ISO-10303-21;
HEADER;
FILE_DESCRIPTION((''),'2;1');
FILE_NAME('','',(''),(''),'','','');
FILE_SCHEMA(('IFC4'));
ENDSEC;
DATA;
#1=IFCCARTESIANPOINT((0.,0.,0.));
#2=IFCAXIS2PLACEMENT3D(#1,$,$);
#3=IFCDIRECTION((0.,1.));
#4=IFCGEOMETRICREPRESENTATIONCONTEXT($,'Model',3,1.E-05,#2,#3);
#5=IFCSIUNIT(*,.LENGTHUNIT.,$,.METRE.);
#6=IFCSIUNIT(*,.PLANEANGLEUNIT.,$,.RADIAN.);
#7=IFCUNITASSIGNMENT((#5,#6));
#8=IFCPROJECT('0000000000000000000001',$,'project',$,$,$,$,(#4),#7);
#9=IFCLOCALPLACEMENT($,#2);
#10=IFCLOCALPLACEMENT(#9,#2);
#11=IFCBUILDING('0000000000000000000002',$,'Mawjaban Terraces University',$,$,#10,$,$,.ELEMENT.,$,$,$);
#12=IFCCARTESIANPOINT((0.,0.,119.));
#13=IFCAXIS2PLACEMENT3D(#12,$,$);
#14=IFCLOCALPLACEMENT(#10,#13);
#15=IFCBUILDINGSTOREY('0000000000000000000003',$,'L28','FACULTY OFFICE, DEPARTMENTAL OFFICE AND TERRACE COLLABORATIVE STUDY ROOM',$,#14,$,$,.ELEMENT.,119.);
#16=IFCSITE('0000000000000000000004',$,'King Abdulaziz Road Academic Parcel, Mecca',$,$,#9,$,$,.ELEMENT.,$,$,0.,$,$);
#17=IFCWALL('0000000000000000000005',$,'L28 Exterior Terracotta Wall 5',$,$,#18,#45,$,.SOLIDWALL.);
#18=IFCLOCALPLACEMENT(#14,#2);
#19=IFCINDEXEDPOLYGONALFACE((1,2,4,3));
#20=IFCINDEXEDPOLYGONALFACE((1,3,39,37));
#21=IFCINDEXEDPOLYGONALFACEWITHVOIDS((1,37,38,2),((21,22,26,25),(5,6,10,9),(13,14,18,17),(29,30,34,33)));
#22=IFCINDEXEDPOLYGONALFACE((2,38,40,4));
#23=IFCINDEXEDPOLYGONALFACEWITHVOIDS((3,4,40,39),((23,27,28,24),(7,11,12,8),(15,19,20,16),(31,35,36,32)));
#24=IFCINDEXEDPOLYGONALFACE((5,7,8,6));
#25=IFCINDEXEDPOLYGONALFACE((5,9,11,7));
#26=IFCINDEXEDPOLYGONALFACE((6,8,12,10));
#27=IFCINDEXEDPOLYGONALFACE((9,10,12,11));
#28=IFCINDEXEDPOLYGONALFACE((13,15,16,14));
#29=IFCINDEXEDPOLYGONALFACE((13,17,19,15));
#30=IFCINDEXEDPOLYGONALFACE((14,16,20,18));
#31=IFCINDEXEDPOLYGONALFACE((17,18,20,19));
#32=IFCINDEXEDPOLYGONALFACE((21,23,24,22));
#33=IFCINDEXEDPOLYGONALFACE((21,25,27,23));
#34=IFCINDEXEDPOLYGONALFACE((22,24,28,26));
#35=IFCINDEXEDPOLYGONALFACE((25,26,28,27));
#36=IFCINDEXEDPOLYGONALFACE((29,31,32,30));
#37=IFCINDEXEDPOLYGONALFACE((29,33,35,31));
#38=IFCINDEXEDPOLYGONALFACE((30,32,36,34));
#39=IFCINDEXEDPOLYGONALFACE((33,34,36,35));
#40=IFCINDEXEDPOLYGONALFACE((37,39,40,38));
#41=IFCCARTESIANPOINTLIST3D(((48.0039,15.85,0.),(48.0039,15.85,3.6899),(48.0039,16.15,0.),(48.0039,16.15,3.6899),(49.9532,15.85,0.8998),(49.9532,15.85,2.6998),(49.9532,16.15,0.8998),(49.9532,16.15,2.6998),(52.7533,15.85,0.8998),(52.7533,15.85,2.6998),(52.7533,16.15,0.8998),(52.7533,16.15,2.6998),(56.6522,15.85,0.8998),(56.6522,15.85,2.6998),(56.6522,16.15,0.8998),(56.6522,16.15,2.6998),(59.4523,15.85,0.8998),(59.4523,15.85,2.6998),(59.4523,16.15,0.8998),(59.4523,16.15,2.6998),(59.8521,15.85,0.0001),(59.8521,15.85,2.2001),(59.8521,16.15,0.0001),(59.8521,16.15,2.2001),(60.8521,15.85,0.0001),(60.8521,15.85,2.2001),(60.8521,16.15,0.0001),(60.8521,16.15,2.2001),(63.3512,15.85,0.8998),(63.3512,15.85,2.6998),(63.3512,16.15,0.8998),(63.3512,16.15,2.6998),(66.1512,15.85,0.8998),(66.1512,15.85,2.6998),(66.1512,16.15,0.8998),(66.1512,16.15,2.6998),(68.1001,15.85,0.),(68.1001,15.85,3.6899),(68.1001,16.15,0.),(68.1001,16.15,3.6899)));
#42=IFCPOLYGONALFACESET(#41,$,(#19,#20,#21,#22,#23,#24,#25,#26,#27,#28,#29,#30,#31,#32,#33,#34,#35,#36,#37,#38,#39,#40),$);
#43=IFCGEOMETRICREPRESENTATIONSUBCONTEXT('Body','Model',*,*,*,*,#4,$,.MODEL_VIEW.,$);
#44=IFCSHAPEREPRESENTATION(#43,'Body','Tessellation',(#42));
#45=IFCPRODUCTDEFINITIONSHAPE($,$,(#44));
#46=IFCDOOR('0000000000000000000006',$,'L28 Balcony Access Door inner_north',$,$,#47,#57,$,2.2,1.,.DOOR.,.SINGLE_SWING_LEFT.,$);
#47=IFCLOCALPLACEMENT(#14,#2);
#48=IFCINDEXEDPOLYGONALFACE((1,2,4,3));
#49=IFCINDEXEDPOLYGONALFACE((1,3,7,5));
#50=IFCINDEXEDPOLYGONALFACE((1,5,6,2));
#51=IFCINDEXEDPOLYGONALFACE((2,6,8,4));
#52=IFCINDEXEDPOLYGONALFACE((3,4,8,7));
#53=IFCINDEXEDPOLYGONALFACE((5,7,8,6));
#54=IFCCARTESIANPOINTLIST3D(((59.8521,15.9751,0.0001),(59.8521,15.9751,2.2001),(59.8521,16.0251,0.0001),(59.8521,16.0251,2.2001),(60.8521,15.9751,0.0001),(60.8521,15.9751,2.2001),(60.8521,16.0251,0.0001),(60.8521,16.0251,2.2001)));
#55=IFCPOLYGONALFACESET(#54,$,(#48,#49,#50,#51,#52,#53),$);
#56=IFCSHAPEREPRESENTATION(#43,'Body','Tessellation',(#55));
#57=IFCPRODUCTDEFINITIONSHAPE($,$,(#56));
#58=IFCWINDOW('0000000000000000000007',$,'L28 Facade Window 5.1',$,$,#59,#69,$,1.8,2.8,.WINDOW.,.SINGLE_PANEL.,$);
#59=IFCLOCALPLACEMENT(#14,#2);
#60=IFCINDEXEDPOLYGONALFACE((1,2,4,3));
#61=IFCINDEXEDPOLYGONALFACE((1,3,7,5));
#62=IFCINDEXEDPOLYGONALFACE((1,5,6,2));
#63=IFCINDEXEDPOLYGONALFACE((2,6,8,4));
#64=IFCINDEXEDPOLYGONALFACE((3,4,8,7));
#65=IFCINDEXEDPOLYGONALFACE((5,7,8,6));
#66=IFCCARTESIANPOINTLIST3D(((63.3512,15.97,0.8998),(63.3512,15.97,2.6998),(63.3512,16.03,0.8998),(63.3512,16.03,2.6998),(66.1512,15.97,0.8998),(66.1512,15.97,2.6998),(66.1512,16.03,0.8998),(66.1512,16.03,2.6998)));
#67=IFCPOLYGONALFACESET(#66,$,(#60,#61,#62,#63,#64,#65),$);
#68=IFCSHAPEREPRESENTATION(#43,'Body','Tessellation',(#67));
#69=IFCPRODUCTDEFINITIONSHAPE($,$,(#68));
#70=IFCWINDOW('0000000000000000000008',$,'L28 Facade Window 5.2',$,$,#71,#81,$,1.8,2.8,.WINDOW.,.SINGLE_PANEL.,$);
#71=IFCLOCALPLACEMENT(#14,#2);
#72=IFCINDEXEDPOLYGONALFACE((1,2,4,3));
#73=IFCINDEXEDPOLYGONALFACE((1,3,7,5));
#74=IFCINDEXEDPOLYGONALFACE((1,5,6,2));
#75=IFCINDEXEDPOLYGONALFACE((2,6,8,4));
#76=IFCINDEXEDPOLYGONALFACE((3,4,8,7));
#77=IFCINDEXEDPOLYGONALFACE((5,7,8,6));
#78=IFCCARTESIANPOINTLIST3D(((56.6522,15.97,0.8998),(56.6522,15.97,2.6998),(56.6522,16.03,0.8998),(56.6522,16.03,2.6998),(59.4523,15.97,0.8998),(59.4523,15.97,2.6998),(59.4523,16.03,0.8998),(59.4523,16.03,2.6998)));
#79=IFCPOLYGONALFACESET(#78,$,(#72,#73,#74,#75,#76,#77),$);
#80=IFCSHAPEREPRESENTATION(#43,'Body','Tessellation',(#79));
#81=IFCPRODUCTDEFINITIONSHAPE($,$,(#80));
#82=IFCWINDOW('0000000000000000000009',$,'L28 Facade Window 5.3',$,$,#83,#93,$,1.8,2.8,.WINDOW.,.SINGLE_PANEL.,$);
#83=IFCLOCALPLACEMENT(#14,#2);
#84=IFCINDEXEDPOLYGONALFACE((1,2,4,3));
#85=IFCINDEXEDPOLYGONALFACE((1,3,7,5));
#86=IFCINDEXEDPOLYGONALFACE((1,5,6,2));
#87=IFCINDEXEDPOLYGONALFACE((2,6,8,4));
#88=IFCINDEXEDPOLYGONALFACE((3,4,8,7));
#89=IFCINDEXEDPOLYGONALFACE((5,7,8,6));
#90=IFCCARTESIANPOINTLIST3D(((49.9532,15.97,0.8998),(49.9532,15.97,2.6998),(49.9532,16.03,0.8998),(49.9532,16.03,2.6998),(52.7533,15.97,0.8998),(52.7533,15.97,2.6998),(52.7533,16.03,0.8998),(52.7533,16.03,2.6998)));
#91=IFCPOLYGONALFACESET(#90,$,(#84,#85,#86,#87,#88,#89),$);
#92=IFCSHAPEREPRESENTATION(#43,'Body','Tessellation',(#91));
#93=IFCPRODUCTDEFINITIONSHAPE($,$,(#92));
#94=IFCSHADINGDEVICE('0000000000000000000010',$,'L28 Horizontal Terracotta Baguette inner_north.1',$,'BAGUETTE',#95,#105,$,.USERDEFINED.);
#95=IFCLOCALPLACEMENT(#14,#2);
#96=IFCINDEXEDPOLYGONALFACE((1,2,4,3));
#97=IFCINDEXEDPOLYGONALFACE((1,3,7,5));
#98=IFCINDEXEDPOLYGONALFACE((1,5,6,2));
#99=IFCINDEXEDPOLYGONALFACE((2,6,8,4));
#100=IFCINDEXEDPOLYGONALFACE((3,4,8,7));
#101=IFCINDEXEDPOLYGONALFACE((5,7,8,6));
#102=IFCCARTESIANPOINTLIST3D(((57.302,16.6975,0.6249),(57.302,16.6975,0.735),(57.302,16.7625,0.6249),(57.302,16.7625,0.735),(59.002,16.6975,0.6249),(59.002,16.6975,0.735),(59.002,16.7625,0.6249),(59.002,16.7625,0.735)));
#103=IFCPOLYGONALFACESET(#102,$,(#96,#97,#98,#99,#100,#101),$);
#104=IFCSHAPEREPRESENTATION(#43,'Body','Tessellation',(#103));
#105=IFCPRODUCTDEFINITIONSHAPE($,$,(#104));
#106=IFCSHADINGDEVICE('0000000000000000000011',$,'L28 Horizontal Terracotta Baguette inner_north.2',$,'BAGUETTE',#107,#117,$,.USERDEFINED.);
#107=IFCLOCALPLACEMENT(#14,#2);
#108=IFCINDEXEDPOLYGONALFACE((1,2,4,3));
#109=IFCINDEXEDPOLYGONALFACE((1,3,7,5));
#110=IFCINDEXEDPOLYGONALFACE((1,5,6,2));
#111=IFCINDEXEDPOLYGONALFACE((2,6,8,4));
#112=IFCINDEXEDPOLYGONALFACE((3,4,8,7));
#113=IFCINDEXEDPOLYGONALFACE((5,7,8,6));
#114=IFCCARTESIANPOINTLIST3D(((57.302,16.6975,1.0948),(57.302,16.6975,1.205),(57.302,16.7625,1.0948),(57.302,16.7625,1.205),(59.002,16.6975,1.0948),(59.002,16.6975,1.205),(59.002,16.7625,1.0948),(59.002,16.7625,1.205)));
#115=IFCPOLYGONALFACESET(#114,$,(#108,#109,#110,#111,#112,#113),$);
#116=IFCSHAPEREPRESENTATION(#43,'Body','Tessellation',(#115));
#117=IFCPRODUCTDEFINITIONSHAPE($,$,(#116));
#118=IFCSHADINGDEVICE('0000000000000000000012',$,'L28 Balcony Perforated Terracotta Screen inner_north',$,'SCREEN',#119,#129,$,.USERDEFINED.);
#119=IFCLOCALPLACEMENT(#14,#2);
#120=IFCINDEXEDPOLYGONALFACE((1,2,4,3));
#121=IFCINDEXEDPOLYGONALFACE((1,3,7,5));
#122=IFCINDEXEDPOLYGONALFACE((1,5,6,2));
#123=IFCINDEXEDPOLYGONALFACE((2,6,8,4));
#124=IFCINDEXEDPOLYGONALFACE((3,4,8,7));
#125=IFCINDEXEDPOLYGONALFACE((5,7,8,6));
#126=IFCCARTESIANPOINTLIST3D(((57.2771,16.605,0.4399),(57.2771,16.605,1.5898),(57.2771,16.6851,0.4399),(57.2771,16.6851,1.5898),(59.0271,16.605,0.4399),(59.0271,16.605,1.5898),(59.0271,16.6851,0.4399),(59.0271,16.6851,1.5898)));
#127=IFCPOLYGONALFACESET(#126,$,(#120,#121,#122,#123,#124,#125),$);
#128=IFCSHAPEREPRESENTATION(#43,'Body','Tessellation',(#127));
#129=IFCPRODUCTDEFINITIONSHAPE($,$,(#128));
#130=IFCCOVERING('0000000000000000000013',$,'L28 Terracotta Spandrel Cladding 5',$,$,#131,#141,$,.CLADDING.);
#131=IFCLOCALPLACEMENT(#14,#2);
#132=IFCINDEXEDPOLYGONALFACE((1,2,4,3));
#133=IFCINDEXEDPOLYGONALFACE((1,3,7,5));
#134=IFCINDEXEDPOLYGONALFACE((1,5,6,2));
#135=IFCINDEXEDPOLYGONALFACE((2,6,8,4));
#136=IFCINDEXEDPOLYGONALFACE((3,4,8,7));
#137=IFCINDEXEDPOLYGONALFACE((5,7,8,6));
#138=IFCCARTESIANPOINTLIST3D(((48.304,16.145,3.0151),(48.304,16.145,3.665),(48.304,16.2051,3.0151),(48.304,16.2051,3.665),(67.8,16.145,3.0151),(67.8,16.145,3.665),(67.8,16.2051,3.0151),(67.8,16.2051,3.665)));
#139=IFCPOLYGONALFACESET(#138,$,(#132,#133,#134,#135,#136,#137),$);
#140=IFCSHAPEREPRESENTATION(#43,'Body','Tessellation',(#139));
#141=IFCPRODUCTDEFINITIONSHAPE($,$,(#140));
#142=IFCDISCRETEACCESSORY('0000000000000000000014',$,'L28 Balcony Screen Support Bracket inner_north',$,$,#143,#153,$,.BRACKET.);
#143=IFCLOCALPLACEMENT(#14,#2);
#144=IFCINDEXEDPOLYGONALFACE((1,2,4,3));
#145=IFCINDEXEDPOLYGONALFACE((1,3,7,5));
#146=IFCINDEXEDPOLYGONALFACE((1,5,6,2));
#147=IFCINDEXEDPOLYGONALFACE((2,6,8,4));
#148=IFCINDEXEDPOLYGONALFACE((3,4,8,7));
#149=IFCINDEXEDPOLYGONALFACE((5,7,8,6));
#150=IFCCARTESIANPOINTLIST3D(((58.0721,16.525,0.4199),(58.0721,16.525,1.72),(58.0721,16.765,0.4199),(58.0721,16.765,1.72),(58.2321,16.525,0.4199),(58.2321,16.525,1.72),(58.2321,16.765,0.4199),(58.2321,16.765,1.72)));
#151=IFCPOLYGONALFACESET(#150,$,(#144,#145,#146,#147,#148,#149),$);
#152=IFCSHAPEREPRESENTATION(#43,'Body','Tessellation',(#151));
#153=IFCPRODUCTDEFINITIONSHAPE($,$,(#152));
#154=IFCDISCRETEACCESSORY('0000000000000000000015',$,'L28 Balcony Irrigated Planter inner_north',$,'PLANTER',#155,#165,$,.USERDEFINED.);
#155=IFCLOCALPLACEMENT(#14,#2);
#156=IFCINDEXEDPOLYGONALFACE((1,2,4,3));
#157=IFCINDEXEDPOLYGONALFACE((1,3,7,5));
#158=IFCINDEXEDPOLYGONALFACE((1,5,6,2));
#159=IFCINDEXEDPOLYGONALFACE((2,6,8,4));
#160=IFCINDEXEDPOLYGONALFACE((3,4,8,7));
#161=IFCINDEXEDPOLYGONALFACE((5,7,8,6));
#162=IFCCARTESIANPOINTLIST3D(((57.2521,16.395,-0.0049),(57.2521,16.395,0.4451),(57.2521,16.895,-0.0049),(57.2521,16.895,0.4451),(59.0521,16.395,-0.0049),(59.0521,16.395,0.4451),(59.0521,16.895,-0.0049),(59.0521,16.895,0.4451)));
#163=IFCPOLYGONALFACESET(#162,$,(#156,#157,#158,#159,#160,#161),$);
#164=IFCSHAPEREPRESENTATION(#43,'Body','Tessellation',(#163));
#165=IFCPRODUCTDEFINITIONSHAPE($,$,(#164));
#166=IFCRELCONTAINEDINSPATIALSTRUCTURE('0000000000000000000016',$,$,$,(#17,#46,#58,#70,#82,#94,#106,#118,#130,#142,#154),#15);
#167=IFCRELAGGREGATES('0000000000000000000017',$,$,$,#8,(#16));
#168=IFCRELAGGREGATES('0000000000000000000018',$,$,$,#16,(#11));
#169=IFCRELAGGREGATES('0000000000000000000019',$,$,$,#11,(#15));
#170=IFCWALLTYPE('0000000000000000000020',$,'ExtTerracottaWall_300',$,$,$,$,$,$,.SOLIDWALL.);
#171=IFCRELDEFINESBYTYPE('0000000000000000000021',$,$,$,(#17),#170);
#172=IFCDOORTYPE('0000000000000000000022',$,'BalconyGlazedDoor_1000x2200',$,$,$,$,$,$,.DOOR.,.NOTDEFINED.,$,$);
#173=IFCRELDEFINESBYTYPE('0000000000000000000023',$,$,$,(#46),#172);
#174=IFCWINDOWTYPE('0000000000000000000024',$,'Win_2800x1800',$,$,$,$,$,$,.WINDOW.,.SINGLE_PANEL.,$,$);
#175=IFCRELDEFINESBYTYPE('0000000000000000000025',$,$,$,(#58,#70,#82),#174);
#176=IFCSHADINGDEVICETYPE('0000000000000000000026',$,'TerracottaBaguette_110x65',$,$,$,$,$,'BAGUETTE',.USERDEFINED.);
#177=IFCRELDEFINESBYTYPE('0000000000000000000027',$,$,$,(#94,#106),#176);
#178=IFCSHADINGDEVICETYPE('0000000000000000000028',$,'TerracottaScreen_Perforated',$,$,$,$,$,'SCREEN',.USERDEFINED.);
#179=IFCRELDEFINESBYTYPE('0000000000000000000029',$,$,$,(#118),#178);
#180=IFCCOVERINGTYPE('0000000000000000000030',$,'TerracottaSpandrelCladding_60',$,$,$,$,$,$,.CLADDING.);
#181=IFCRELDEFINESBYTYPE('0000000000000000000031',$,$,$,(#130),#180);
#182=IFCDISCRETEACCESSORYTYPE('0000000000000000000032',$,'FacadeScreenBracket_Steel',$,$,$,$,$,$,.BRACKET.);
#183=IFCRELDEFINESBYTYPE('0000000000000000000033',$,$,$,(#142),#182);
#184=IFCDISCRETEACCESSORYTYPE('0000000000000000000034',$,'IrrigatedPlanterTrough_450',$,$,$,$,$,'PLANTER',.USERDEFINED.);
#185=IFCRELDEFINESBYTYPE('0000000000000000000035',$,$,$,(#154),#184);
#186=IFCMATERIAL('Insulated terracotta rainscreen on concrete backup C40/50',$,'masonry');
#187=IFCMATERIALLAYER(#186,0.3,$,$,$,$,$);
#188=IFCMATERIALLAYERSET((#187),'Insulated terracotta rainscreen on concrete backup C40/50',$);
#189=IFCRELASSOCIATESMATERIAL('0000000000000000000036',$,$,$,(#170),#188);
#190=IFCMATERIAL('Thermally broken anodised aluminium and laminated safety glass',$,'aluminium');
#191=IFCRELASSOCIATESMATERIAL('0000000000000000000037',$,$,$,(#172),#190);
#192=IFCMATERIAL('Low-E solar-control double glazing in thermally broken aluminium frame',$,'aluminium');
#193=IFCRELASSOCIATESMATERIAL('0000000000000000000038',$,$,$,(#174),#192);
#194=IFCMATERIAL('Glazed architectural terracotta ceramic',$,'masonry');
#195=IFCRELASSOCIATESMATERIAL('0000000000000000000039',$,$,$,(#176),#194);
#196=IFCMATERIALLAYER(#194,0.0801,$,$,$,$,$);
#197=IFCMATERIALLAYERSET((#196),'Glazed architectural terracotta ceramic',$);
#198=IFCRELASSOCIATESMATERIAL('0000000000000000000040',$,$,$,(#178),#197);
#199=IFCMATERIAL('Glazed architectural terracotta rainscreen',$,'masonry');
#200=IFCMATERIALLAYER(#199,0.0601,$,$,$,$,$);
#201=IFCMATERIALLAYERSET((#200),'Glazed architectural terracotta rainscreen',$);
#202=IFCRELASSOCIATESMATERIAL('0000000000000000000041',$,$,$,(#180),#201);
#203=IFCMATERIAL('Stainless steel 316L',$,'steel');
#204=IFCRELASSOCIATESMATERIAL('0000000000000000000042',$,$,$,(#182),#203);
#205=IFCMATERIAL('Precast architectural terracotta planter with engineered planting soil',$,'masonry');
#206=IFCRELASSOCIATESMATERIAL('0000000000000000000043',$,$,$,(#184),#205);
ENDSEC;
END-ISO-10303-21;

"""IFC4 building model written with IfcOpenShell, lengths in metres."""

from ifc_helpers import new_model, si_unit, direction, frame, frame_2d, origin, origin_2d, place, context, subcontext, project, spatial, rectangle, extrude, material, layer, layer_set, material_profile, profile_set, type_object, element, fill, save


model = new_model("IFC4")

# Units and contexts
model_context = context("Model", 3, precision=1e-05, world=origin(), true_north=direction((0.0, 1.0)))
body_context = subcontext(model_context, "Body", "Model", "MODEL_VIEW")
ifc_project = project(units=[si_unit("LENGTHUNIT", "METRE"), si_unit("PLANEANGLEUNIT", "RADIAN")], contexts=[model_context])

# Site, building, storey
site_placement = place(None, origin())
site = spatial("IfcSite", under=ifc_project, at=site_placement, Name="King Abdulaziz Road Academic Parcel, Mecca", CompositionType="ELEMENT", RefElevation=0.0)
building_placement = place(site_placement, origin())
building = spatial("IfcBuilding", under=site, at=building_placement, Name="Mawjaban Terraces University", CompositionType="ELEMENT")
storey_placement = place(building_placement, frame((0.0, 0.0, 119.0)))
storey = spatial("IfcBuildingStorey", under=building, at=storey_placement, Name="L28", Description="FACULTY OFFICE, DEPARTMENTAL OFFICE AND TERRACE COLLABORATIVE STUDY ROOM", CompositionType="ELEMENT", Elevation=119.0)

# Shared definitions
ifc_material_1 = material(Name="Insulated terracotta rainscreen on concrete backup C40/50", Category="masonry")
ifc_layer_1 = layer(ifc_material_1, 0.3)
ifc_layer_set_1 = layer_set([ifc_layer_1], Name="Insulated terracotta rainscreen on concrete backup C40/50")
wall_type_1 = type_object("IfcWallType", Name="ExtTerracottaWall_300", PredefinedType="SOLIDWALL", material=ifc_layer_set_1)

# Wall, openings, door, windows
wall_1_placement = place(storey_placement, frame((68.1001, 16.0, 0.0), z_axis=(0.0, 0.0, 1.0), x_axis=(-1.0, 0.0, 0.0)))
wall_1 = element("IfcWall", 1, at=wall_1_placement, inside=storey, type_object=wall_type_1, Name="L28 Exterior Terracotta Wall 5", PredefinedType="SOLIDWALL", context=body_context, shape_type="SweptSolid", body=[
    extrude(rectangle(XDim=20.0962, YDim=0.3, at=frame_2d((10.0481, 0.0))), origin(), (0.0, 0.0, 1.0), 3.6899),
])
opening_1_placement = place(wall_1_placement, frame((7.248, 0.0, 0.0)))
opening_1 = element("IfcOpeningElement", 2, at=opening_1_placement, cuts=wall_1, PredefinedType="OPENING", context=body_context, shape_type="SweptSolid", body=[
    extrude(rectangle(XDim=1.0, YDim=2.2, at=frame_2d((0.5, 1.1001))), frame((0.0, 0.1599, 0.0), z_axis=(0.0, -1.0, 0.0), x_axis=(1.0, 0.0, 0.0)), (0.0, 0.0, 1.0), 0.3201),
])
opening_2_placement = place(wall_1_placement, frame((1.949, 0.0, 0.8999)))
opening_2 = element("IfcOpeningElement", 3, at=opening_2_placement, cuts=wall_1, PredefinedType="OPENING", context=body_context, shape_type="SweptSolid", body=[
    extrude(rectangle(XDim=2.8, YDim=1.8, at=frame_2d((1.3999, 0.8999))), frame((0.0, 0.1599, 0.0), z_axis=(0.0, -1.0, 0.0), x_axis=(1.0, 0.0, 0.0)), (0.0, 0.0, 1.0), 0.3201),
])
opening_3_placement = place(wall_1_placement, frame((8.6479, 0.0, 0.8999)))
opening_3 = element("IfcOpeningElement", 4, at=opening_3_placement, cuts=wall_1, PredefinedType="OPENING", context=body_context, shape_type="SweptSolid", body=[
    extrude(rectangle(XDim=2.8, YDim=1.8, at=frame_2d((1.3999, 0.8999))), frame((0.0, 0.1599, 0.0), z_axis=(0.0, -1.0, 0.0), x_axis=(1.0, 0.0, 0.0)), (0.0, 0.0, 1.0), 0.3201),
])
opening_4_placement = place(wall_1_placement, frame((15.3469, 0.0, 0.8999)))
opening_4 = element("IfcOpeningElement", 5, at=opening_4_placement, cuts=wall_1, PredefinedType="OPENING", context=body_context, shape_type="SweptSolid", body=[
    extrude(rectangle(XDim=2.8, YDim=1.8, at=frame_2d((1.3999, 0.8999))), frame((0.0, 0.1599, 0.0), z_axis=(0.0, -1.0, 0.0), x_axis=(1.0, 0.0, 0.0)), (0.0, 0.0, 1.0), 0.3201),
])
ifc_material_2 = material(Name="Thermally broken anodised aluminium and laminated safety glass", Category="aluminium")
door_type_1 = type_object("IfcDoorType", Name="BalconyGlazedDoor_1000x2200", OperationType="NOTDEFINED", PredefinedType="DOOR", material=ifc_material_2)
door_1_placement = place(opening_1_placement, origin())
door_1 = element("IfcDoor", 6, at=door_1_placement, inside=storey, type_object=door_type_1, Name="L28 Balcony Access Door inner_north", OperationType="SINGLE_SWING_LEFT", OverallHeight=2.2, OverallWidth=1.0, PredefinedType="DOOR", context=body_context, shape_type="SweptSolid", body=[
    extrude(rectangle(XDim=1.0, YDim=2.2, at=frame_2d((0.5, 1.1001))), frame((0.0, 0.0249, 0.0), z_axis=(0.0, -1.0, 0.0), x_axis=(1.0, 0.0, 0.0)), (0.0, 0.0, 1.0), 0.05),
])
fill(opening_1, door_1)
ifc_material_3 = material(Name="Low-E solar-control double glazing in thermally broken aluminium frame", Category="aluminium")
window_type = type_object("IfcWindowType", Name="Win_2800x1800", PartitioningType="SINGLE_PANEL", PredefinedType="WINDOW", material=ifc_material_3)
window_1_placement = place(opening_2_placement, origin())
window_1 = element("IfcWindow", 7, at=window_1_placement, inside=storey, type_object=window_type, Name="L28 Facade Window 5.1", OverallHeight=1.8, OverallWidth=2.8, PartitioningType="SINGLE_PANEL", PredefinedType="WINDOW", context=body_context, shape_type="SweptSolid", body=[
    extrude(rectangle(XDim=2.8, YDim=1.8, at=frame_2d((1.3999, 0.8999))), frame((0.0, 0.03, 0.0), z_axis=(0.0, -1.0, 0.0), x_axis=(1.0, 0.0, 0.0)), (0.0, 0.0, 1.0), 0.0601),
])
fill(opening_2, window_1)
window_2_placement = place(opening_3_placement, origin())
window_2 = element("IfcWindow", 8, at=window_2_placement, inside=storey, type_object=window_type, Name="L28 Facade Window 5.2", OverallHeight=1.8, OverallWidth=2.8, PartitioningType="SINGLE_PANEL", PredefinedType="WINDOW", context=body_context, shape_type="SweptSolid", body=[
    extrude(rectangle(XDim=2.8, YDim=1.8, at=frame_2d((1.3999, 0.8999))), frame((0.0, 0.03, 0.0), z_axis=(0.0, -1.0, 0.0), x_axis=(1.0, 0.0, 0.0)), (0.0, 0.0, 1.0), 0.0601),
])
fill(opening_3, window_2)
window_3_placement = place(opening_4_placement, origin())
window_3 = element("IfcWindow", 9, at=window_3_placement, inside=storey, type_object=window_type, Name="L28 Facade Window 5.3", OverallHeight=1.8, OverallWidth=2.8, PartitioningType="SINGLE_PANEL", PredefinedType="WINDOW", context=body_context, shape_type="SweptSolid", body=[
    extrude(rectangle(XDim=2.8, YDim=1.8, at=frame_2d((1.3999, 0.8999))), frame((0.0, 0.03, 0.0), z_axis=(0.0, -1.0, 0.0), x_axis=(1.0, 0.0, 0.0)), (0.0, 0.0, 1.0), 0.0601),
])
fill(opening_4, window_3)

# Shading devices
ifc_material_4 = material(Name="Glazed architectural terracotta ceramic", Category="masonry")
ifc_material_profile_1 = material_profile(ifc_material_4, rectangle(XDim=0.0649, YDim=0.1101, at=origin_2d()), Name="TBAG110X65")
ifc_profile_set_1 = profile_set([ifc_material_profile_1], Name="Glazed architectural terracotta ceramic")
shading_device_type_1 = type_object("IfcShadingDeviceType", Name="TerracottaBaguette_110x65", ElementType="BAGUETTE", PredefinedType="USERDEFINED", material=ifc_profile_set_1)
for number, where, z_axis, x_axis, name in (
    (10, (57.302, 16.73, 0.6799), (1.0, 0.0, 0.0), (0.0, 1.0, 0.0), "L28 Horizontal Terracotta Baguette inner_north.1"),
    (11, (57.302, 16.73, 1.1499), (1.0, 0.0, 0.0), (0.0, 1.0, 0.0), "L28 Horizontal Terracotta Baguette inner_north.2"),
):
    element("IfcShadingDevice", number, at=place(storey_placement, frame(where, z_axis=z_axis, x_axis=x_axis)), inside=storey, type_object=shading_device_type_1, Name=name, ObjectType="BAGUETTE", PredefinedType="USERDEFINED", context=body_context, shape_type="SweptSolid", body=[
        extrude(rectangle(XDim=0.0649, YDim=0.1101, at=origin_2d()), origin(), (0.0, 0.0, 1.0), 1.7),
    ])
ifc_layer_2 = layer(ifc_material_4, 0.0801)
ifc_layer_set_2 = layer_set([ifc_layer_2], Name="Glazed architectural terracotta ceramic")
shading_device_type_2 = type_object("IfcShadingDeviceType", Name="TerracottaScreen_Perforated", ElementType="SCREEN", PredefinedType="USERDEFINED", material=ifc_layer_set_2)
shading_device_placement = place(storey_placement, frame((58.1521, 16.645, 0.4399), z_axis=(0.0, 0.0, 1.0), x_axis=(1.0, 0.0, 0.0)))
element("IfcShadingDevice", 12, at=shading_device_placement, inside=storey, type_object=shading_device_type_2, Name="L28 Balcony Perforated Terracotta Screen inner_north", ObjectType="SCREEN", PredefinedType="USERDEFINED", context=body_context, shape_type="SweptSolid", body=[
    extrude(rectangle(XDim=1.75, YDim=0.0801, at=origin_2d()), origin(), (0.0, 0.0, 1.0), 1.1499),
])

# Covering
ifc_material_5 = material(Name="Glazed architectural terracotta rainscreen", Category="masonry")
ifc_layer_3 = layer(ifc_material_5, 0.0601)
ifc_layer_set_3 = layer_set([ifc_layer_3], Name="Glazed architectural terracotta rainscreen")
covering_type = type_object("IfcCoveringType", Name="TerracottaSpandrelCladding_60", PredefinedType="CLADDING", material=ifc_layer_set_3)
covering_placement = place(storey_placement, frame((58.052, 16.175, 3.0151), z_axis=(0.0, 0.0, 1.0), x_axis=(-1.0, 0.0, 0.0)))
element("IfcCovering", 13, at=covering_placement, inside=storey, type_object=covering_type, Name="L28 Terracotta Spandrel Cladding 5", PredefinedType="CLADDING", context=body_context, shape_type="SweptSolid", body=[
    extrude(rectangle(XDim=19.4961, YDim=0.0601, at=origin_2d()), origin(), (0.0, 0.0, 1.0), 0.6499),
])

# Discrete accessories
ifc_material_6 = material(Name="Stainless steel 316L", Category="steel")
discrete_accessory_type_1 = type_object("IfcDiscreteAccessoryType", Name="FacadeScreenBracket_Steel", PredefinedType="BRACKET", material=ifc_material_6)
discrete_accessory_1_placement = place(storey_placement, frame((58.1521, 16.645, 0.4199), z_axis=(0.0, 0.0, 1.0), x_axis=(1.0, 0.0, 0.0)))
element("IfcDiscreteAccessory", 14, at=discrete_accessory_1_placement, inside=storey, type_object=discrete_accessory_type_1, Name="L28 Balcony Screen Support Bracket inner_north", PredefinedType="BRACKET", context=body_context, shape_type="SweptSolid", body=[
    extrude(rectangle(XDim=0.1599, YDim=0.24, at=origin_2d()), origin(), (0.0, 0.0, 1.0), 1.3),
])
ifc_material_7 = material(Name="Precast architectural terracotta planter with engineered planting soil", Category="masonry")
discrete_accessory_type_2 = type_object("IfcDiscreteAccessoryType", Name="IrrigatedPlanterTrough_450", ElementType="PLANTER", PredefinedType="USERDEFINED", material=ifc_material_7)
discrete_accessory_2_placement = place(storey_placement, frame((58.1521, 16.645, -0.0049), z_axis=(0.0, 0.0, 1.0), x_axis=(1.0, 0.0, 0.0)))
element("IfcDiscreteAccessory", 15, at=discrete_accessory_2_placement, inside=storey, type_object=discrete_accessory_type_2, Name="L28 Balcony Irrigated Planter inner_north", ObjectType="PLANTER", PredefinedType="USERDEFINED", context=body_context, shape_type="SweptSolid", body=[
    extrude(rectangle(XDim=1.8, YDim=0.5, at=origin_2d()), origin(), (0.0, 0.0, 1.0), 0.45),
])

save(model, "model.ifc")
